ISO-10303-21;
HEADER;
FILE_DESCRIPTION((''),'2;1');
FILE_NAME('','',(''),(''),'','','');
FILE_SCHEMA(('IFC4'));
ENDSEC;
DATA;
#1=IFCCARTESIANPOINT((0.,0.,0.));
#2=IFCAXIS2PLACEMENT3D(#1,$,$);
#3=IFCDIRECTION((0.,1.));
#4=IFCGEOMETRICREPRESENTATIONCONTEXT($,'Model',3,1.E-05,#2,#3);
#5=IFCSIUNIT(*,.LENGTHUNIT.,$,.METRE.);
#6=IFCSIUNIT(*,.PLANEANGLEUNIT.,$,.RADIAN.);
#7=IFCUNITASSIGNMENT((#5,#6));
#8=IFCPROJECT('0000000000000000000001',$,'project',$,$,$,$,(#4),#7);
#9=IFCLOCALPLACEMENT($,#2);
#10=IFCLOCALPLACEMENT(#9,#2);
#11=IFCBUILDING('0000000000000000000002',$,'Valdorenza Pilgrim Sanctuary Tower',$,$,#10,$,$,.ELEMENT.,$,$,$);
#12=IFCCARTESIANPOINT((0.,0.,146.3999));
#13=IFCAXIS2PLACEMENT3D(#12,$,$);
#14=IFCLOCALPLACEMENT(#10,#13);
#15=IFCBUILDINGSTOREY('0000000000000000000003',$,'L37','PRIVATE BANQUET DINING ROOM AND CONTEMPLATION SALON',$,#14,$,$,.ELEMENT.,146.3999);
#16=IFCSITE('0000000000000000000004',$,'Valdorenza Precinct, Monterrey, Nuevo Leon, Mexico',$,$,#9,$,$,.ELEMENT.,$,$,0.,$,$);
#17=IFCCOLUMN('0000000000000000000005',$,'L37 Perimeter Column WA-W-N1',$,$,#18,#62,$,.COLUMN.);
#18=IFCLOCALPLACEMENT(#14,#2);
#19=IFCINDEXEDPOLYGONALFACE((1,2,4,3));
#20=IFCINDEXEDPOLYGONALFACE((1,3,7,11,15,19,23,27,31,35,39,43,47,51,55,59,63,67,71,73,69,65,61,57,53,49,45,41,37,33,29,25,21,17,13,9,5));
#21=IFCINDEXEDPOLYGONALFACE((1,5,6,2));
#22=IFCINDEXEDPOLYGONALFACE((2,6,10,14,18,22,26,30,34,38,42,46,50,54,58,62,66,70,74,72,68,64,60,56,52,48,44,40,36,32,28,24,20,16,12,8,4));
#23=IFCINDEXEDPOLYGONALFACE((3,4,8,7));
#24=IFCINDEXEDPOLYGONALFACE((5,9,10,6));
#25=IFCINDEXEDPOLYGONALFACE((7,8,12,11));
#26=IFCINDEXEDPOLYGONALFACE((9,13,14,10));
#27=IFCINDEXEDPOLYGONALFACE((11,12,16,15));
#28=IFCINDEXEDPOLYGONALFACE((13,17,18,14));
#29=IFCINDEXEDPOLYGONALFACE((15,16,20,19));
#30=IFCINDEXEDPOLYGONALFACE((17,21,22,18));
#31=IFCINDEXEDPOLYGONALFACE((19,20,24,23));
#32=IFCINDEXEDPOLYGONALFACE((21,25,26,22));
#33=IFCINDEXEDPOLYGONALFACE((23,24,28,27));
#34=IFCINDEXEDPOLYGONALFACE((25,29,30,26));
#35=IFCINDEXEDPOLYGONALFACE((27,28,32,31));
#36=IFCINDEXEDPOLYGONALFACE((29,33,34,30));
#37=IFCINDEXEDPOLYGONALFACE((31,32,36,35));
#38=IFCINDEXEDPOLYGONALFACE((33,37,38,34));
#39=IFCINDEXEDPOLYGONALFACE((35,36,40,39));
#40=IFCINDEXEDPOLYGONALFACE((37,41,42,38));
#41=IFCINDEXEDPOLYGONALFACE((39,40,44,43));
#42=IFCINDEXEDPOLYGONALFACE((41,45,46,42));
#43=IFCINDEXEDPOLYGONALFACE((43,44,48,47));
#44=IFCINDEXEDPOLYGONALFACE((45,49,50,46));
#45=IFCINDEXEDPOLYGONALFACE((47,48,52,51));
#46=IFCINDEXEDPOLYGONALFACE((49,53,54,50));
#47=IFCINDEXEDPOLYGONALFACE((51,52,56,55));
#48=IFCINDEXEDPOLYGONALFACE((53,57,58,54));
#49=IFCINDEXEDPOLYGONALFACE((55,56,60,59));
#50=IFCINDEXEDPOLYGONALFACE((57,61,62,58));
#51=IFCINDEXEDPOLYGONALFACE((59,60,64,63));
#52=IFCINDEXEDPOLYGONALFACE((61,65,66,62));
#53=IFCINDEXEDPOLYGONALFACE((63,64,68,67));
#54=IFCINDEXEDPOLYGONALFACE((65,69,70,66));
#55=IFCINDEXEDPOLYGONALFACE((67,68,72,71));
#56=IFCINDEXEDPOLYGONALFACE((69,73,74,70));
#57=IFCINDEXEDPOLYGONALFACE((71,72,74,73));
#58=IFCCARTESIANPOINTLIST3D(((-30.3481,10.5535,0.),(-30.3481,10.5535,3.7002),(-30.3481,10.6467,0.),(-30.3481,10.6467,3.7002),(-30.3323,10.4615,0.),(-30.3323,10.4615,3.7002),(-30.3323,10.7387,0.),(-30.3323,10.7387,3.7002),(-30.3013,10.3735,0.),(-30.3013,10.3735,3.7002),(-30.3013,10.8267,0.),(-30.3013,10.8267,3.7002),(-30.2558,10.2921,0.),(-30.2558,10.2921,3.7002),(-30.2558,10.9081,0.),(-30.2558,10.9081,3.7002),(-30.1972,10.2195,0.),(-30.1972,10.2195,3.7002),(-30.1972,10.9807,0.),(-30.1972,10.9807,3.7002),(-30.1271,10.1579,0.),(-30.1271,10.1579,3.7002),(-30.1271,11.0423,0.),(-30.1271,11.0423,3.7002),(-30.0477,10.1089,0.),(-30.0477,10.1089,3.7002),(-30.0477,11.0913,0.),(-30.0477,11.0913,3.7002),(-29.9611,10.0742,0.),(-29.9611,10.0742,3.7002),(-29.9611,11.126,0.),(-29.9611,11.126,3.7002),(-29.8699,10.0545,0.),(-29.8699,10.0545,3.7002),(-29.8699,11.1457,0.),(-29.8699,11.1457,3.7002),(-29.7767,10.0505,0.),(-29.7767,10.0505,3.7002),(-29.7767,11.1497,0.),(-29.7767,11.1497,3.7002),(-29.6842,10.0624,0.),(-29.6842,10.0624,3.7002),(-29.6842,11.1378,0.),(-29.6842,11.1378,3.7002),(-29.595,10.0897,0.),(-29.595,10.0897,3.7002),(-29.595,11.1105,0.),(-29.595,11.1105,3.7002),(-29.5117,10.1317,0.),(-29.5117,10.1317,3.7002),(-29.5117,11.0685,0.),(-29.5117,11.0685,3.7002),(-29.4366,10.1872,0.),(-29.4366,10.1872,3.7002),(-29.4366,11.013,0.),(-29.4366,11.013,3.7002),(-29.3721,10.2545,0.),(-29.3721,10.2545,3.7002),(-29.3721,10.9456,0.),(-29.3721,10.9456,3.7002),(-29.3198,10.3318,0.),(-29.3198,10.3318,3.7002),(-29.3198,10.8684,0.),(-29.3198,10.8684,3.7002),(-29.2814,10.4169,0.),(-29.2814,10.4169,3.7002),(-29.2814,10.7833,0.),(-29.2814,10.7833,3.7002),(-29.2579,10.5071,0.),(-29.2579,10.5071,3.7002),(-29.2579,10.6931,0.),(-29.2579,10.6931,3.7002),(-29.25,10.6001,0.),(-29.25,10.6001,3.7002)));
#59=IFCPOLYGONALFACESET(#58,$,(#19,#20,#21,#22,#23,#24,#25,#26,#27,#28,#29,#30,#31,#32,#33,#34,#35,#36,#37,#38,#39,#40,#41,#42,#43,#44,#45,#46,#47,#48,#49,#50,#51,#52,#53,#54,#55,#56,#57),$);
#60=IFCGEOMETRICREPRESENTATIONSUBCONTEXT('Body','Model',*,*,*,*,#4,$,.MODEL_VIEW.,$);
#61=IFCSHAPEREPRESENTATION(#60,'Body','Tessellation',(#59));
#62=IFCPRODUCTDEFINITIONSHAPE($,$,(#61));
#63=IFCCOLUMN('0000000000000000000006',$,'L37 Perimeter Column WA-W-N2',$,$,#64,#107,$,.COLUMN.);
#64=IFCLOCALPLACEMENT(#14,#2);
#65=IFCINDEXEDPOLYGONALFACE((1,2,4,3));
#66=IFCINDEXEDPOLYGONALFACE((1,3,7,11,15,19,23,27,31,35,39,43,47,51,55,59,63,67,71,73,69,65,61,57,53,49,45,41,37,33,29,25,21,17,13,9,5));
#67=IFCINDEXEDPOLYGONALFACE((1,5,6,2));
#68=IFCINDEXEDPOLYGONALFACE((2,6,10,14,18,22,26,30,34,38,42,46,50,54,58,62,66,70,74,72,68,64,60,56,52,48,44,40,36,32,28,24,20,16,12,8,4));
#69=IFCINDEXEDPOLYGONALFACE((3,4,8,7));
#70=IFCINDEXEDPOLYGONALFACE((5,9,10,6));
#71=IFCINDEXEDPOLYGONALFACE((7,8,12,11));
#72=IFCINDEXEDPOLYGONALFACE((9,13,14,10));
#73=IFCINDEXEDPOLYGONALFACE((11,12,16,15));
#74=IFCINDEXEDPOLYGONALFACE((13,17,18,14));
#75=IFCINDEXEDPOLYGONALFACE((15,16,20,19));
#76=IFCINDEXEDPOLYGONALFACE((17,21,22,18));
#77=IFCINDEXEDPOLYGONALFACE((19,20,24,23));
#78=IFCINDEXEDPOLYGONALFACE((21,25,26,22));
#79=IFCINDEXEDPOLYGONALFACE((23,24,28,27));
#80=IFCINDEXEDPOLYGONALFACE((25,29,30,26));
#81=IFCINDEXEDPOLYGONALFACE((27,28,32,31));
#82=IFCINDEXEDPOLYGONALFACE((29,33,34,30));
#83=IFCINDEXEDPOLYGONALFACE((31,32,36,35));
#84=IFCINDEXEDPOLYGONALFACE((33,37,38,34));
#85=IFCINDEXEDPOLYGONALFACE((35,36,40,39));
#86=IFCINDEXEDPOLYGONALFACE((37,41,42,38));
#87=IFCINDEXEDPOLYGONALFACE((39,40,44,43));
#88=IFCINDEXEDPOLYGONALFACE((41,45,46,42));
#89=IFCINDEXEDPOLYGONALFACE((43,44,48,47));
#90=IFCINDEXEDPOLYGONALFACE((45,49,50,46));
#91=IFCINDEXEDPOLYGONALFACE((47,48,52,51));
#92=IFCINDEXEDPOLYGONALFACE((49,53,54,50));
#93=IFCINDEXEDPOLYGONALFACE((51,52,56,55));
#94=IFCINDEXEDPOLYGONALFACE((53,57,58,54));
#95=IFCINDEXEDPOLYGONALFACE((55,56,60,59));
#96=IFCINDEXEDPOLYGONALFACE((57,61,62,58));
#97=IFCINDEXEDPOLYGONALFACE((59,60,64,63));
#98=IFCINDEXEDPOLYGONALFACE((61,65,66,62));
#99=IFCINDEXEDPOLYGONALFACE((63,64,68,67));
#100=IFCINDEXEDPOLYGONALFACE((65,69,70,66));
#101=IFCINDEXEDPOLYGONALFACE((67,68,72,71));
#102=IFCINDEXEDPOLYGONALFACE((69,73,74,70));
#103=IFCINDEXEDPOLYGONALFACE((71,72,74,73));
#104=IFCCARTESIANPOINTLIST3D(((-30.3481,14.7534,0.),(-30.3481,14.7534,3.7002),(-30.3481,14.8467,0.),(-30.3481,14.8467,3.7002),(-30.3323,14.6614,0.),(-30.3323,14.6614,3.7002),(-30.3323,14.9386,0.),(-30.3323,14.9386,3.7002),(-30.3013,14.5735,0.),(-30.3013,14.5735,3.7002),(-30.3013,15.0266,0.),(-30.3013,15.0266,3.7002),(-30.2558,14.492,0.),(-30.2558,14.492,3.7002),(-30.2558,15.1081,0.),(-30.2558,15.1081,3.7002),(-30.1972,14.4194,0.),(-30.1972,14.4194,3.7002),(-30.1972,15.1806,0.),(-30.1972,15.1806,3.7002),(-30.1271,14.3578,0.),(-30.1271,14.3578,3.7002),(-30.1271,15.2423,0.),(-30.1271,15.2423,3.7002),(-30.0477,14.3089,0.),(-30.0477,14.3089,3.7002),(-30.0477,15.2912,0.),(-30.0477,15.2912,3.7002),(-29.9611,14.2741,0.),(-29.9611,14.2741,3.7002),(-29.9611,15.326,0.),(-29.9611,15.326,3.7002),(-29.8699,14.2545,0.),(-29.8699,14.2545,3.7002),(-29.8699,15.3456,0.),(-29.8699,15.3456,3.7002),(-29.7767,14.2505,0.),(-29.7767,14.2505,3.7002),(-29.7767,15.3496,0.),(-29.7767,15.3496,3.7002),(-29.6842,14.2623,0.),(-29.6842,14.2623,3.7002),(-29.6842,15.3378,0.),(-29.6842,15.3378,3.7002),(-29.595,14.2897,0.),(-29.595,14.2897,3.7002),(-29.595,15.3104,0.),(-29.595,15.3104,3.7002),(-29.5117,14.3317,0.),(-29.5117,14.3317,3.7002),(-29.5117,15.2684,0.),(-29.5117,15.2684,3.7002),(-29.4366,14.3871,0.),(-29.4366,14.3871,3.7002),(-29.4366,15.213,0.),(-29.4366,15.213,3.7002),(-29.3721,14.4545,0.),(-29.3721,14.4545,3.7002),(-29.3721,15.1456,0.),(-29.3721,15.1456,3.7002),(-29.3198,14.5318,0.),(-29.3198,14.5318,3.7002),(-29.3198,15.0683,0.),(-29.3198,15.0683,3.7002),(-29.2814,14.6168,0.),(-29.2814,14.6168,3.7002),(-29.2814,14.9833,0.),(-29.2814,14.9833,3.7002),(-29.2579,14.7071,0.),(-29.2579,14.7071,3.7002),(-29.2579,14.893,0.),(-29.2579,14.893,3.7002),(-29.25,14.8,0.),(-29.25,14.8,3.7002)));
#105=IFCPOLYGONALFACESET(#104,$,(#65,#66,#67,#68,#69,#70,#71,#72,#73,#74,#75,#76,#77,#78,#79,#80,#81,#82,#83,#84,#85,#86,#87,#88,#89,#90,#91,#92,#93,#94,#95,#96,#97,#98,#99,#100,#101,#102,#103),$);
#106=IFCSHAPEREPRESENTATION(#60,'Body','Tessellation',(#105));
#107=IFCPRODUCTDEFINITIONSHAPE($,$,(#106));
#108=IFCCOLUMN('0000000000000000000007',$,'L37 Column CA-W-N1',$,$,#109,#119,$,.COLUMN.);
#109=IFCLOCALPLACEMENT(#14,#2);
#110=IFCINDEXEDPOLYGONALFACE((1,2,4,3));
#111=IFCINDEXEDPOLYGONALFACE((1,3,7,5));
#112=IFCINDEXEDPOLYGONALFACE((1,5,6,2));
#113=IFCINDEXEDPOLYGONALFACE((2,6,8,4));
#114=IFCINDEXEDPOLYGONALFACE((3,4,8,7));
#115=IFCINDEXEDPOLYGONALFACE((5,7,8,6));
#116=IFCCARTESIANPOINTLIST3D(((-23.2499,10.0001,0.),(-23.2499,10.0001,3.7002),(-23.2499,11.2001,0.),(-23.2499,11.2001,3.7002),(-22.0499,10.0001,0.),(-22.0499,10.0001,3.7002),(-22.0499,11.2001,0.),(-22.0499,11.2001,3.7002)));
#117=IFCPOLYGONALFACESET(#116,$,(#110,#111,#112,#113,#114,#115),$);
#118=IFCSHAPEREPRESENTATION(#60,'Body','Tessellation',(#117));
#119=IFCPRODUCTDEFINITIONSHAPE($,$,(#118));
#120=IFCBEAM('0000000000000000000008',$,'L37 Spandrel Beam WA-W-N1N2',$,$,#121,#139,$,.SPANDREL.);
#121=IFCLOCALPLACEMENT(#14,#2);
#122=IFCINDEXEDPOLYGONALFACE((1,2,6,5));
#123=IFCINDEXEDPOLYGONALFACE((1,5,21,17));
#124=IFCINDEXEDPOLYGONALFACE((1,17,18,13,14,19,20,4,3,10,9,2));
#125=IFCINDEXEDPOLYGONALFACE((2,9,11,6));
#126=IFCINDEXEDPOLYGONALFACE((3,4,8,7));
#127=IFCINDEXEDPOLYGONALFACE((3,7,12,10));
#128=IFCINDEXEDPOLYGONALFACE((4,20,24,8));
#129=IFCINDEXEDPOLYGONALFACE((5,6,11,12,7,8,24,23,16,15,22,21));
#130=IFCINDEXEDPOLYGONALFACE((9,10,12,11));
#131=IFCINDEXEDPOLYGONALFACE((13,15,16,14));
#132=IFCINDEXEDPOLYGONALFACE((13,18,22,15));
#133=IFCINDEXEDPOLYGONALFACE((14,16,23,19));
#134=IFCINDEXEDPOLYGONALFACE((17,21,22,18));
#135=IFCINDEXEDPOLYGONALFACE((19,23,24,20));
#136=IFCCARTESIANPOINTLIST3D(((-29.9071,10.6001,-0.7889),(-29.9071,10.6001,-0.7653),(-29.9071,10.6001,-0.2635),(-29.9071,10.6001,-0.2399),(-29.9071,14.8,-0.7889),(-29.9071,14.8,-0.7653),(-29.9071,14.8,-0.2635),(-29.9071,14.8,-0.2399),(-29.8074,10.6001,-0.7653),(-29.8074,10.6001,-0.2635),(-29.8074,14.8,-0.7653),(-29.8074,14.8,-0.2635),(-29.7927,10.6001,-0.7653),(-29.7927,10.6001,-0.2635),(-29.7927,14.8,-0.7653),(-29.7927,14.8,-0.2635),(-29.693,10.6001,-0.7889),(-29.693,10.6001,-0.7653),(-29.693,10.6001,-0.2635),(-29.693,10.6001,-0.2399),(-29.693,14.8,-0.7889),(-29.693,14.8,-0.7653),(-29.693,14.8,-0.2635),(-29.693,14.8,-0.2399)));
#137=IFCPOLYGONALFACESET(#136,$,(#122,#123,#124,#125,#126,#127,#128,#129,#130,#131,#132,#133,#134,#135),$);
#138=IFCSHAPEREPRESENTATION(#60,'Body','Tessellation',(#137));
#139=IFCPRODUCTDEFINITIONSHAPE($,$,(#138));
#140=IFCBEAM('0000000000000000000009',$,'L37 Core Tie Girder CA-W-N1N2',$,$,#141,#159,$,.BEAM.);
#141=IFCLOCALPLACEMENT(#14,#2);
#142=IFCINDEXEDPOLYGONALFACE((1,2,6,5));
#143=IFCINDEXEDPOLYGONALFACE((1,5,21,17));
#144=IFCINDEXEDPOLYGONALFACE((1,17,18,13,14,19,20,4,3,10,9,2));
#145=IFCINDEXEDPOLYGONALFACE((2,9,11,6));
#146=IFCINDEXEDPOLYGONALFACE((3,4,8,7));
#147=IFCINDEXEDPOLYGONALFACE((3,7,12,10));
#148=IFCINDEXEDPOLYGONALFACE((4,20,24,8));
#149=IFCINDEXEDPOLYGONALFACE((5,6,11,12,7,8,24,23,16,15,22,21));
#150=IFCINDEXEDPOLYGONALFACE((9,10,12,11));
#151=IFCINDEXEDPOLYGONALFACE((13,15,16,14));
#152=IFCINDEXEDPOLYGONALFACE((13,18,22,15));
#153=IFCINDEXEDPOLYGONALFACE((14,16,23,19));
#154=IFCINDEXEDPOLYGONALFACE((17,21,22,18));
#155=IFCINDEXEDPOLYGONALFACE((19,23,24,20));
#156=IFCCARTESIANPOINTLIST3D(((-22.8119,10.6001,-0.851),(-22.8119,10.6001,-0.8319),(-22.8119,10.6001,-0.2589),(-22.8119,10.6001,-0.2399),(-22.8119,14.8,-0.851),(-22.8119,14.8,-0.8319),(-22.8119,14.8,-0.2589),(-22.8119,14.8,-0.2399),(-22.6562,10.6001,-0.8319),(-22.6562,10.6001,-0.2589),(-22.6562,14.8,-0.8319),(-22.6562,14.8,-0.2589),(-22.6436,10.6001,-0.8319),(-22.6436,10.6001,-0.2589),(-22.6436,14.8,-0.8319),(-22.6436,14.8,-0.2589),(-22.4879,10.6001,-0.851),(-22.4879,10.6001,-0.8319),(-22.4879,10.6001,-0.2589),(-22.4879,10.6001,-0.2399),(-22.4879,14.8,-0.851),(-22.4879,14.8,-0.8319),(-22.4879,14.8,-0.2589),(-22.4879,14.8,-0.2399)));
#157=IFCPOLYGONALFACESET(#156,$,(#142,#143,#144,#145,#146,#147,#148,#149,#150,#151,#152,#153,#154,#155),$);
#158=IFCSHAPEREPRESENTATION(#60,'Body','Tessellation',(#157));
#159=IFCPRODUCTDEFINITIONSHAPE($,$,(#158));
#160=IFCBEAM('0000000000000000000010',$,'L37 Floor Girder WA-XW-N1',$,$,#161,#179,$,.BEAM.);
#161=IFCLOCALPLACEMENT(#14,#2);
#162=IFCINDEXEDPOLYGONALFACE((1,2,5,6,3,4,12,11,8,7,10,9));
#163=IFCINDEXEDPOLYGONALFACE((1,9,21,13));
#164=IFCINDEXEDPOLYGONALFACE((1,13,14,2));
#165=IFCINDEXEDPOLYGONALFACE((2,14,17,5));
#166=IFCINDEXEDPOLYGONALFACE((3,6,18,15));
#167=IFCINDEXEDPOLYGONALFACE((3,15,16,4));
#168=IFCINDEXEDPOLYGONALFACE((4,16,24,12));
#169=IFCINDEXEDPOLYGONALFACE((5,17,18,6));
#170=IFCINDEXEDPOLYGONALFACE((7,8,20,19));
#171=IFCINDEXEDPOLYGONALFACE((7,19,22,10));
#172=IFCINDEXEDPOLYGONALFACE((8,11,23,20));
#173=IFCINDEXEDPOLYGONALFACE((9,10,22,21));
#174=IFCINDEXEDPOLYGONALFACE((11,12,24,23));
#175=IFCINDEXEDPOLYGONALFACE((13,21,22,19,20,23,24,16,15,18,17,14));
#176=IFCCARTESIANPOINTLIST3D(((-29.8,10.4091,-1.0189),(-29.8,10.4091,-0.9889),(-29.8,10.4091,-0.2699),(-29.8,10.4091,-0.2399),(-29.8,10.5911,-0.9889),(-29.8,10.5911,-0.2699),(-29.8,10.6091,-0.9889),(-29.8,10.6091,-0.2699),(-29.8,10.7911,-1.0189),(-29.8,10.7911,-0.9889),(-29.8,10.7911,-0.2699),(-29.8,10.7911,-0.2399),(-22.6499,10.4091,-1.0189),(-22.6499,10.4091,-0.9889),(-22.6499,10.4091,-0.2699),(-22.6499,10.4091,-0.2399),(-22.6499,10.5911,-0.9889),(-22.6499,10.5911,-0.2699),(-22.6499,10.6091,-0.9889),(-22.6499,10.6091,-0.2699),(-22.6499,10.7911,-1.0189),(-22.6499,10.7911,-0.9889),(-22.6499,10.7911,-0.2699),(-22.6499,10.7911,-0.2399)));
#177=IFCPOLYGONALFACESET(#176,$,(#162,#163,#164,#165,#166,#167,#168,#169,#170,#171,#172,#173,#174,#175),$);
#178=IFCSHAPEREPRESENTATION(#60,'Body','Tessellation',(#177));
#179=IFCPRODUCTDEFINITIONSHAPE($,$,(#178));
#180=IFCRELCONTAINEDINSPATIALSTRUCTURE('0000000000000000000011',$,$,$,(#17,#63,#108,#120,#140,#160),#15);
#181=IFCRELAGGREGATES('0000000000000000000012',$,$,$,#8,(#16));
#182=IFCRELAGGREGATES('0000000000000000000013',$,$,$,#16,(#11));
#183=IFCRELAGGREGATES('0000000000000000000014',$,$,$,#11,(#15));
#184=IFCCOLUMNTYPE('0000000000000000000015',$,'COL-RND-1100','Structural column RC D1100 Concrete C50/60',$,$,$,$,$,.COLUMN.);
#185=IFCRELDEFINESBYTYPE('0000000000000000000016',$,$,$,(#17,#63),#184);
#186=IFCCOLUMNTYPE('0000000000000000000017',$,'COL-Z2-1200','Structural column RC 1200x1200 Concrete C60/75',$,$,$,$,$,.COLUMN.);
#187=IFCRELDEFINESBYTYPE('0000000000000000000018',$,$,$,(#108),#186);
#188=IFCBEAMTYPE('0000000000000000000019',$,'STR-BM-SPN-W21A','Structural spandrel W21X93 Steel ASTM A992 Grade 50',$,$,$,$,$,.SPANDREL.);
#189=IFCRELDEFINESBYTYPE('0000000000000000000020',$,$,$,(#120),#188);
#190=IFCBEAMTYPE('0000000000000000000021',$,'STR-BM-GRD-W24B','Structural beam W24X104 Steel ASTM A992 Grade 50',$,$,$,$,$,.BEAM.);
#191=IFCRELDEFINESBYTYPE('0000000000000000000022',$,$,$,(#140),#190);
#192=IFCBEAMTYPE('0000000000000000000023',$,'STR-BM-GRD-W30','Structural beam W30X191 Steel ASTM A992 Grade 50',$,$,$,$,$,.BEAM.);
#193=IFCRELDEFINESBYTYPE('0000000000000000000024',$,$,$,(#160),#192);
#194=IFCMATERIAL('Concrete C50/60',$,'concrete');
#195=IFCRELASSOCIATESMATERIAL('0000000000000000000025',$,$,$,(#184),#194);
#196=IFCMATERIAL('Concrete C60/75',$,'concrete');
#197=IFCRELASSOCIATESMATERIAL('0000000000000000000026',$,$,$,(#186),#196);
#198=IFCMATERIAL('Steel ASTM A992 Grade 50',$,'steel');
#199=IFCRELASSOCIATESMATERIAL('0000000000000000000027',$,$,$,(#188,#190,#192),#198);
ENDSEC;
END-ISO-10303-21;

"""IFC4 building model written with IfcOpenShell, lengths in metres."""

from ifc_helpers import new_model, si_unit, direction, frame, origin, origin_2d, place, context, subcontext, project, spatial, rectangle, circle, i_section, extrude, source, transform, mapped, material, material_profile, profile_set, type_object, element, save


model = new_model("IFC4")

# Units and contexts
model_context = context("Model", 3, precision=1e-05, world=origin(), true_north=direction((0.0, 1.0)))
body_context = subcontext(model_context, "Body", "Model", "MODEL_VIEW")
ifc_project = project(units=[si_unit("LENGTHUNIT", "METRE"), si_unit("PLANEANGLEUNIT", "RADIAN")], contexts=[model_context])

# Site, building, storey
site_placement = place(None, origin())
site = spatial("IfcSite", under=ifc_project, at=site_placement, Name="Valdorenza Precinct, Monterrey, Nuevo Leon, Mexico", CompositionType="ELEMENT", RefElevation=0.0)
building_placement = place(site_placement, origin())
building = spatial("IfcBuilding", under=site, at=building_placement, Name="Valdorenza Pilgrim Sanctuary Tower", CompositionType="ELEMENT")
storey_placement = place(building_placement, frame((0.0, 0.0, 146.3999)))
storey = spatial("IfcBuildingStorey", under=building, at=storey_placement, Name="L37", Description="PRIVATE BANQUET DINING ROOM AND CONTEMPLATION SALON", CompositionType="ELEMENT", Elevation=146.3999)

# Columns
ifc_material_1 = material(Name="Concrete C50/60", Category="concrete")
ifc_material_profile_1 = material_profile(ifc_material_1, circle(Radius=0.55, at=origin_2d()), Name="RC D1100")
ifc_profile_set_1 = profile_set([ifc_material_profile_1], Name="Concrete C50/60")
column_type_1 = type_object("IfcColumnType", Name="COL-RND-1100", Description="Structural column RC D1100 Concrete C50/60", PredefinedType="COLUMN", material=ifc_profile_set_1)
shared_shape_1 = source(origin(), body_context, "Body", "SweptSolid", [
    extrude(circle(Radius=0.55, at=origin_2d()), origin(), (0.0, 0.0, 1.0), 3.7002),
])
for number, where, z_axis, x_axis, name in (
    (1, (-29.8, 10.6001, 0.0), (0.0, 0.0, 1.0), (1.0, 0.0, 0.0), "L37 Perimeter Column WA-W-N1"),
    (2, (-29.8, 14.8, 0.0), (0.0, 0.0, 1.0), (1.0, 0.0, 0.0), "L37 Perimeter Column WA-W-N2"),
):
    element("IfcColumn", number, at=place(storey_placement, frame(where, z_axis=z_axis, x_axis=x_axis)), inside=storey, type_object=column_type_1, Name=name, PredefinedType="COLUMN", context=body_context, shape_type="MappedRepresentation", body=[
        mapped(shared_shape_1, transform((0.0, 0.0, 0.0), x_axis=(1.0, 0.0, 0.0), y_axis=(0.0, 1.0, 0.0), z_axis=(0.0, 0.0, 1.0), scale=1.0)),
    ])
ifc_material_2 = material(Name="Concrete C60/75", Category="concrete")
ifc_material_profile_2 = material_profile(ifc_material_2, rectangle(XDim=1.2, YDim=1.2, at=origin_2d()), Name="RC 1200x1200")
ifc_profile_set_2 = profile_set([ifc_material_profile_2], Name="Concrete C60/75")
column_type_2 = type_object("IfcColumnType", Name="COL-Z2-1200", Description="Structural column RC 1200x1200 Concrete C60/75", PredefinedType="COLUMN", material=ifc_profile_set_2)
shared_shape_2 = source(origin(), body_context, "Body", "SweptSolid", [
    extrude(rectangle(XDim=1.2, YDim=1.2, at=origin_2d()), origin(), (0.0, 0.0, 1.0), 3.7002),
])
column_placement = place(storey_placement, frame((-22.6499, 10.6001, 0.0), z_axis=(0.0, 0.0, 1.0), x_axis=(1.0, 0.0, 0.0)))
element("IfcColumn", 3, at=column_placement, inside=storey, type_object=column_type_2, Name="L37 Column CA-W-N1", PredefinedType="COLUMN", context=body_context, shape_type="MappedRepresentation", body=[
    mapped(shared_shape_2, transform((0.0, 0.0, 0.0), x_axis=(1.0, 0.0, 0.0), y_axis=(0.0, 1.0, 0.0), z_axis=(0.0, 0.0, 1.0), scale=1.0)),
])

# Beams
ifc_material_3 = material(Name="Steel ASTM A992 Grade 50", Category="steel")
ifc_material_profile_3 = material_profile(ifc_material_3, i_section(OverallWidth=0.2141, OverallDepth=0.5491, WebThickness=0.0146, FlangeThickness=0.0237, at=origin_2d()), Name="W21X93")
ifc_profile_set_3 = profile_set([ifc_material_profile_3], Name="Steel ASTM A992 Grade 50")
beam_type_1 = type_object("IfcBeamType", Name="STR-BM-SPN-W21A", Description="Structural spandrel W21X93 Steel ASTM A992 Grade 50", PredefinedType="SPANDREL", material=ifc_profile_set_3)
shared_shape_3 = source(origin(), body_context, "Body", "SweptSolid", [
    extrude(i_section(OverallWidth=0.2141, OverallDepth=0.5491, WebThickness=0.0146, FlangeThickness=0.0237, at=origin_2d()), origin(), (0.0, 0.0, 1.0), 4.2),
])
beam_1_placement = place(storey_placement, frame((-29.8, 10.6001, -0.5144), z_axis=(0.0, 1.0, 0.0), x_axis=(-1.0, 0.0, 0.0)))
element("IfcBeam", 4, at=beam_1_placement, inside=storey, type_object=beam_type_1, Name="L37 Spandrel Beam WA-W-N1N2", PredefinedType="SPANDREL", context=body_context, shape_type="MappedRepresentation", body=[
    mapped(shared_shape_3, transform((0.0, 0.0, 0.0), x_axis=(1.0, 0.0, 0.0), y_axis=(0.0, 1.0, 0.0), z_axis=(0.0, 0.0, 1.0), scale=1.0)),
])
ifc_material_profile_4 = material_profile(ifc_material_3, i_section(OverallWidth=0.324, OverallDepth=0.6111, WebThickness=0.0127, FlangeThickness=0.019, at=origin_2d()), Name="W24X104")
ifc_profile_set_4 = profile_set([ifc_material_profile_4], Name="Steel ASTM A992 Grade 50")
beam_type_2 = type_object("IfcBeamType", Name="STR-BM-GRD-W24B", Description="Structural beam W24X104 Steel ASTM A992 Grade 50", PredefinedType="BEAM", material=ifc_profile_set_4)
shared_shape_4 = source(origin(), body_context, "Body", "SweptSolid", [
    extrude(i_section(OverallWidth=0.324, OverallDepth=0.6111, WebThickness=0.0127, FlangeThickness=0.019, at=origin_2d()), origin(), (0.0, 0.0, 1.0), 4.2),
])
beam_2_placement = place(storey_placement, frame((-22.6499, 10.6001, -0.5454), z_axis=(0.0, 1.0, 0.0), x_axis=(-1.0, 0.0, 0.0)))
element("IfcBeam", 5, at=beam_2_placement, inside=storey, type_object=beam_type_2, Name="L37 Core Tie Girder CA-W-N1N2", PredefinedType="BEAM", context=body_context, shape_type="MappedRepresentation", body=[
    mapped(shared_shape_4, transform((0.0, 0.0, 0.0), x_axis=(1.0, 0.0, 0.0), y_axis=(0.0, 1.0, 0.0), z_axis=(0.0, 0.0, 1.0), scale=1.0)),
])
ifc_material_profile_5 = material_profile(ifc_material_3, i_section(OverallWidth=0.3821, OverallDepth=0.7791, WebThickness=0.0181, FlangeThickness=0.03, at=origin_2d()), Name="W30X191")
ifc_profile_set_5 = profile_set([ifc_material_profile_5], Name="Steel ASTM A992 Grade 50")
beam_type_3 = type_object("IfcBeamType", Name="STR-BM-GRD-W30", Description="Structural beam W30X191 Steel ASTM A992 Grade 50", PredefinedType="BEAM", material=ifc_profile_set_5)
shared_shape_5 = source(origin(), body_context, "Body", "SweptSolid", [
    extrude(i_section(OverallWidth=0.3821, OverallDepth=0.7791, WebThickness=0.0181, FlangeThickness=0.03, at=origin_2d()), origin(), (0.0, 0.0, 1.0), 7.1501),
])
for number, where, z_axis, x_axis, name in (
    (6, (-29.8, 10.6001, -0.6294), (1.0, 0.0, 0.0), (0.0, 1.0, 0.0), "L37 Floor Girder WA-XW-N1"),
):
    element("IfcBeam", number, at=place(storey_placement, frame(where, z_axis=z_axis, x_axis=x_axis)), inside=storey, type_object=beam_type_3, Name=name, PredefinedType="BEAM", context=body_context, shape_type="MappedRepresentation", body=[
        mapped(shared_shape_5, transform((0.0, 0.0, 0.0), x_axis=(1.0, 0.0, 0.0), y_axis=(0.0, 1.0, 0.0), z_axis=(0.0, 0.0, 1.0), scale=1.0)),
    ])

save(model, "model.ifc")
